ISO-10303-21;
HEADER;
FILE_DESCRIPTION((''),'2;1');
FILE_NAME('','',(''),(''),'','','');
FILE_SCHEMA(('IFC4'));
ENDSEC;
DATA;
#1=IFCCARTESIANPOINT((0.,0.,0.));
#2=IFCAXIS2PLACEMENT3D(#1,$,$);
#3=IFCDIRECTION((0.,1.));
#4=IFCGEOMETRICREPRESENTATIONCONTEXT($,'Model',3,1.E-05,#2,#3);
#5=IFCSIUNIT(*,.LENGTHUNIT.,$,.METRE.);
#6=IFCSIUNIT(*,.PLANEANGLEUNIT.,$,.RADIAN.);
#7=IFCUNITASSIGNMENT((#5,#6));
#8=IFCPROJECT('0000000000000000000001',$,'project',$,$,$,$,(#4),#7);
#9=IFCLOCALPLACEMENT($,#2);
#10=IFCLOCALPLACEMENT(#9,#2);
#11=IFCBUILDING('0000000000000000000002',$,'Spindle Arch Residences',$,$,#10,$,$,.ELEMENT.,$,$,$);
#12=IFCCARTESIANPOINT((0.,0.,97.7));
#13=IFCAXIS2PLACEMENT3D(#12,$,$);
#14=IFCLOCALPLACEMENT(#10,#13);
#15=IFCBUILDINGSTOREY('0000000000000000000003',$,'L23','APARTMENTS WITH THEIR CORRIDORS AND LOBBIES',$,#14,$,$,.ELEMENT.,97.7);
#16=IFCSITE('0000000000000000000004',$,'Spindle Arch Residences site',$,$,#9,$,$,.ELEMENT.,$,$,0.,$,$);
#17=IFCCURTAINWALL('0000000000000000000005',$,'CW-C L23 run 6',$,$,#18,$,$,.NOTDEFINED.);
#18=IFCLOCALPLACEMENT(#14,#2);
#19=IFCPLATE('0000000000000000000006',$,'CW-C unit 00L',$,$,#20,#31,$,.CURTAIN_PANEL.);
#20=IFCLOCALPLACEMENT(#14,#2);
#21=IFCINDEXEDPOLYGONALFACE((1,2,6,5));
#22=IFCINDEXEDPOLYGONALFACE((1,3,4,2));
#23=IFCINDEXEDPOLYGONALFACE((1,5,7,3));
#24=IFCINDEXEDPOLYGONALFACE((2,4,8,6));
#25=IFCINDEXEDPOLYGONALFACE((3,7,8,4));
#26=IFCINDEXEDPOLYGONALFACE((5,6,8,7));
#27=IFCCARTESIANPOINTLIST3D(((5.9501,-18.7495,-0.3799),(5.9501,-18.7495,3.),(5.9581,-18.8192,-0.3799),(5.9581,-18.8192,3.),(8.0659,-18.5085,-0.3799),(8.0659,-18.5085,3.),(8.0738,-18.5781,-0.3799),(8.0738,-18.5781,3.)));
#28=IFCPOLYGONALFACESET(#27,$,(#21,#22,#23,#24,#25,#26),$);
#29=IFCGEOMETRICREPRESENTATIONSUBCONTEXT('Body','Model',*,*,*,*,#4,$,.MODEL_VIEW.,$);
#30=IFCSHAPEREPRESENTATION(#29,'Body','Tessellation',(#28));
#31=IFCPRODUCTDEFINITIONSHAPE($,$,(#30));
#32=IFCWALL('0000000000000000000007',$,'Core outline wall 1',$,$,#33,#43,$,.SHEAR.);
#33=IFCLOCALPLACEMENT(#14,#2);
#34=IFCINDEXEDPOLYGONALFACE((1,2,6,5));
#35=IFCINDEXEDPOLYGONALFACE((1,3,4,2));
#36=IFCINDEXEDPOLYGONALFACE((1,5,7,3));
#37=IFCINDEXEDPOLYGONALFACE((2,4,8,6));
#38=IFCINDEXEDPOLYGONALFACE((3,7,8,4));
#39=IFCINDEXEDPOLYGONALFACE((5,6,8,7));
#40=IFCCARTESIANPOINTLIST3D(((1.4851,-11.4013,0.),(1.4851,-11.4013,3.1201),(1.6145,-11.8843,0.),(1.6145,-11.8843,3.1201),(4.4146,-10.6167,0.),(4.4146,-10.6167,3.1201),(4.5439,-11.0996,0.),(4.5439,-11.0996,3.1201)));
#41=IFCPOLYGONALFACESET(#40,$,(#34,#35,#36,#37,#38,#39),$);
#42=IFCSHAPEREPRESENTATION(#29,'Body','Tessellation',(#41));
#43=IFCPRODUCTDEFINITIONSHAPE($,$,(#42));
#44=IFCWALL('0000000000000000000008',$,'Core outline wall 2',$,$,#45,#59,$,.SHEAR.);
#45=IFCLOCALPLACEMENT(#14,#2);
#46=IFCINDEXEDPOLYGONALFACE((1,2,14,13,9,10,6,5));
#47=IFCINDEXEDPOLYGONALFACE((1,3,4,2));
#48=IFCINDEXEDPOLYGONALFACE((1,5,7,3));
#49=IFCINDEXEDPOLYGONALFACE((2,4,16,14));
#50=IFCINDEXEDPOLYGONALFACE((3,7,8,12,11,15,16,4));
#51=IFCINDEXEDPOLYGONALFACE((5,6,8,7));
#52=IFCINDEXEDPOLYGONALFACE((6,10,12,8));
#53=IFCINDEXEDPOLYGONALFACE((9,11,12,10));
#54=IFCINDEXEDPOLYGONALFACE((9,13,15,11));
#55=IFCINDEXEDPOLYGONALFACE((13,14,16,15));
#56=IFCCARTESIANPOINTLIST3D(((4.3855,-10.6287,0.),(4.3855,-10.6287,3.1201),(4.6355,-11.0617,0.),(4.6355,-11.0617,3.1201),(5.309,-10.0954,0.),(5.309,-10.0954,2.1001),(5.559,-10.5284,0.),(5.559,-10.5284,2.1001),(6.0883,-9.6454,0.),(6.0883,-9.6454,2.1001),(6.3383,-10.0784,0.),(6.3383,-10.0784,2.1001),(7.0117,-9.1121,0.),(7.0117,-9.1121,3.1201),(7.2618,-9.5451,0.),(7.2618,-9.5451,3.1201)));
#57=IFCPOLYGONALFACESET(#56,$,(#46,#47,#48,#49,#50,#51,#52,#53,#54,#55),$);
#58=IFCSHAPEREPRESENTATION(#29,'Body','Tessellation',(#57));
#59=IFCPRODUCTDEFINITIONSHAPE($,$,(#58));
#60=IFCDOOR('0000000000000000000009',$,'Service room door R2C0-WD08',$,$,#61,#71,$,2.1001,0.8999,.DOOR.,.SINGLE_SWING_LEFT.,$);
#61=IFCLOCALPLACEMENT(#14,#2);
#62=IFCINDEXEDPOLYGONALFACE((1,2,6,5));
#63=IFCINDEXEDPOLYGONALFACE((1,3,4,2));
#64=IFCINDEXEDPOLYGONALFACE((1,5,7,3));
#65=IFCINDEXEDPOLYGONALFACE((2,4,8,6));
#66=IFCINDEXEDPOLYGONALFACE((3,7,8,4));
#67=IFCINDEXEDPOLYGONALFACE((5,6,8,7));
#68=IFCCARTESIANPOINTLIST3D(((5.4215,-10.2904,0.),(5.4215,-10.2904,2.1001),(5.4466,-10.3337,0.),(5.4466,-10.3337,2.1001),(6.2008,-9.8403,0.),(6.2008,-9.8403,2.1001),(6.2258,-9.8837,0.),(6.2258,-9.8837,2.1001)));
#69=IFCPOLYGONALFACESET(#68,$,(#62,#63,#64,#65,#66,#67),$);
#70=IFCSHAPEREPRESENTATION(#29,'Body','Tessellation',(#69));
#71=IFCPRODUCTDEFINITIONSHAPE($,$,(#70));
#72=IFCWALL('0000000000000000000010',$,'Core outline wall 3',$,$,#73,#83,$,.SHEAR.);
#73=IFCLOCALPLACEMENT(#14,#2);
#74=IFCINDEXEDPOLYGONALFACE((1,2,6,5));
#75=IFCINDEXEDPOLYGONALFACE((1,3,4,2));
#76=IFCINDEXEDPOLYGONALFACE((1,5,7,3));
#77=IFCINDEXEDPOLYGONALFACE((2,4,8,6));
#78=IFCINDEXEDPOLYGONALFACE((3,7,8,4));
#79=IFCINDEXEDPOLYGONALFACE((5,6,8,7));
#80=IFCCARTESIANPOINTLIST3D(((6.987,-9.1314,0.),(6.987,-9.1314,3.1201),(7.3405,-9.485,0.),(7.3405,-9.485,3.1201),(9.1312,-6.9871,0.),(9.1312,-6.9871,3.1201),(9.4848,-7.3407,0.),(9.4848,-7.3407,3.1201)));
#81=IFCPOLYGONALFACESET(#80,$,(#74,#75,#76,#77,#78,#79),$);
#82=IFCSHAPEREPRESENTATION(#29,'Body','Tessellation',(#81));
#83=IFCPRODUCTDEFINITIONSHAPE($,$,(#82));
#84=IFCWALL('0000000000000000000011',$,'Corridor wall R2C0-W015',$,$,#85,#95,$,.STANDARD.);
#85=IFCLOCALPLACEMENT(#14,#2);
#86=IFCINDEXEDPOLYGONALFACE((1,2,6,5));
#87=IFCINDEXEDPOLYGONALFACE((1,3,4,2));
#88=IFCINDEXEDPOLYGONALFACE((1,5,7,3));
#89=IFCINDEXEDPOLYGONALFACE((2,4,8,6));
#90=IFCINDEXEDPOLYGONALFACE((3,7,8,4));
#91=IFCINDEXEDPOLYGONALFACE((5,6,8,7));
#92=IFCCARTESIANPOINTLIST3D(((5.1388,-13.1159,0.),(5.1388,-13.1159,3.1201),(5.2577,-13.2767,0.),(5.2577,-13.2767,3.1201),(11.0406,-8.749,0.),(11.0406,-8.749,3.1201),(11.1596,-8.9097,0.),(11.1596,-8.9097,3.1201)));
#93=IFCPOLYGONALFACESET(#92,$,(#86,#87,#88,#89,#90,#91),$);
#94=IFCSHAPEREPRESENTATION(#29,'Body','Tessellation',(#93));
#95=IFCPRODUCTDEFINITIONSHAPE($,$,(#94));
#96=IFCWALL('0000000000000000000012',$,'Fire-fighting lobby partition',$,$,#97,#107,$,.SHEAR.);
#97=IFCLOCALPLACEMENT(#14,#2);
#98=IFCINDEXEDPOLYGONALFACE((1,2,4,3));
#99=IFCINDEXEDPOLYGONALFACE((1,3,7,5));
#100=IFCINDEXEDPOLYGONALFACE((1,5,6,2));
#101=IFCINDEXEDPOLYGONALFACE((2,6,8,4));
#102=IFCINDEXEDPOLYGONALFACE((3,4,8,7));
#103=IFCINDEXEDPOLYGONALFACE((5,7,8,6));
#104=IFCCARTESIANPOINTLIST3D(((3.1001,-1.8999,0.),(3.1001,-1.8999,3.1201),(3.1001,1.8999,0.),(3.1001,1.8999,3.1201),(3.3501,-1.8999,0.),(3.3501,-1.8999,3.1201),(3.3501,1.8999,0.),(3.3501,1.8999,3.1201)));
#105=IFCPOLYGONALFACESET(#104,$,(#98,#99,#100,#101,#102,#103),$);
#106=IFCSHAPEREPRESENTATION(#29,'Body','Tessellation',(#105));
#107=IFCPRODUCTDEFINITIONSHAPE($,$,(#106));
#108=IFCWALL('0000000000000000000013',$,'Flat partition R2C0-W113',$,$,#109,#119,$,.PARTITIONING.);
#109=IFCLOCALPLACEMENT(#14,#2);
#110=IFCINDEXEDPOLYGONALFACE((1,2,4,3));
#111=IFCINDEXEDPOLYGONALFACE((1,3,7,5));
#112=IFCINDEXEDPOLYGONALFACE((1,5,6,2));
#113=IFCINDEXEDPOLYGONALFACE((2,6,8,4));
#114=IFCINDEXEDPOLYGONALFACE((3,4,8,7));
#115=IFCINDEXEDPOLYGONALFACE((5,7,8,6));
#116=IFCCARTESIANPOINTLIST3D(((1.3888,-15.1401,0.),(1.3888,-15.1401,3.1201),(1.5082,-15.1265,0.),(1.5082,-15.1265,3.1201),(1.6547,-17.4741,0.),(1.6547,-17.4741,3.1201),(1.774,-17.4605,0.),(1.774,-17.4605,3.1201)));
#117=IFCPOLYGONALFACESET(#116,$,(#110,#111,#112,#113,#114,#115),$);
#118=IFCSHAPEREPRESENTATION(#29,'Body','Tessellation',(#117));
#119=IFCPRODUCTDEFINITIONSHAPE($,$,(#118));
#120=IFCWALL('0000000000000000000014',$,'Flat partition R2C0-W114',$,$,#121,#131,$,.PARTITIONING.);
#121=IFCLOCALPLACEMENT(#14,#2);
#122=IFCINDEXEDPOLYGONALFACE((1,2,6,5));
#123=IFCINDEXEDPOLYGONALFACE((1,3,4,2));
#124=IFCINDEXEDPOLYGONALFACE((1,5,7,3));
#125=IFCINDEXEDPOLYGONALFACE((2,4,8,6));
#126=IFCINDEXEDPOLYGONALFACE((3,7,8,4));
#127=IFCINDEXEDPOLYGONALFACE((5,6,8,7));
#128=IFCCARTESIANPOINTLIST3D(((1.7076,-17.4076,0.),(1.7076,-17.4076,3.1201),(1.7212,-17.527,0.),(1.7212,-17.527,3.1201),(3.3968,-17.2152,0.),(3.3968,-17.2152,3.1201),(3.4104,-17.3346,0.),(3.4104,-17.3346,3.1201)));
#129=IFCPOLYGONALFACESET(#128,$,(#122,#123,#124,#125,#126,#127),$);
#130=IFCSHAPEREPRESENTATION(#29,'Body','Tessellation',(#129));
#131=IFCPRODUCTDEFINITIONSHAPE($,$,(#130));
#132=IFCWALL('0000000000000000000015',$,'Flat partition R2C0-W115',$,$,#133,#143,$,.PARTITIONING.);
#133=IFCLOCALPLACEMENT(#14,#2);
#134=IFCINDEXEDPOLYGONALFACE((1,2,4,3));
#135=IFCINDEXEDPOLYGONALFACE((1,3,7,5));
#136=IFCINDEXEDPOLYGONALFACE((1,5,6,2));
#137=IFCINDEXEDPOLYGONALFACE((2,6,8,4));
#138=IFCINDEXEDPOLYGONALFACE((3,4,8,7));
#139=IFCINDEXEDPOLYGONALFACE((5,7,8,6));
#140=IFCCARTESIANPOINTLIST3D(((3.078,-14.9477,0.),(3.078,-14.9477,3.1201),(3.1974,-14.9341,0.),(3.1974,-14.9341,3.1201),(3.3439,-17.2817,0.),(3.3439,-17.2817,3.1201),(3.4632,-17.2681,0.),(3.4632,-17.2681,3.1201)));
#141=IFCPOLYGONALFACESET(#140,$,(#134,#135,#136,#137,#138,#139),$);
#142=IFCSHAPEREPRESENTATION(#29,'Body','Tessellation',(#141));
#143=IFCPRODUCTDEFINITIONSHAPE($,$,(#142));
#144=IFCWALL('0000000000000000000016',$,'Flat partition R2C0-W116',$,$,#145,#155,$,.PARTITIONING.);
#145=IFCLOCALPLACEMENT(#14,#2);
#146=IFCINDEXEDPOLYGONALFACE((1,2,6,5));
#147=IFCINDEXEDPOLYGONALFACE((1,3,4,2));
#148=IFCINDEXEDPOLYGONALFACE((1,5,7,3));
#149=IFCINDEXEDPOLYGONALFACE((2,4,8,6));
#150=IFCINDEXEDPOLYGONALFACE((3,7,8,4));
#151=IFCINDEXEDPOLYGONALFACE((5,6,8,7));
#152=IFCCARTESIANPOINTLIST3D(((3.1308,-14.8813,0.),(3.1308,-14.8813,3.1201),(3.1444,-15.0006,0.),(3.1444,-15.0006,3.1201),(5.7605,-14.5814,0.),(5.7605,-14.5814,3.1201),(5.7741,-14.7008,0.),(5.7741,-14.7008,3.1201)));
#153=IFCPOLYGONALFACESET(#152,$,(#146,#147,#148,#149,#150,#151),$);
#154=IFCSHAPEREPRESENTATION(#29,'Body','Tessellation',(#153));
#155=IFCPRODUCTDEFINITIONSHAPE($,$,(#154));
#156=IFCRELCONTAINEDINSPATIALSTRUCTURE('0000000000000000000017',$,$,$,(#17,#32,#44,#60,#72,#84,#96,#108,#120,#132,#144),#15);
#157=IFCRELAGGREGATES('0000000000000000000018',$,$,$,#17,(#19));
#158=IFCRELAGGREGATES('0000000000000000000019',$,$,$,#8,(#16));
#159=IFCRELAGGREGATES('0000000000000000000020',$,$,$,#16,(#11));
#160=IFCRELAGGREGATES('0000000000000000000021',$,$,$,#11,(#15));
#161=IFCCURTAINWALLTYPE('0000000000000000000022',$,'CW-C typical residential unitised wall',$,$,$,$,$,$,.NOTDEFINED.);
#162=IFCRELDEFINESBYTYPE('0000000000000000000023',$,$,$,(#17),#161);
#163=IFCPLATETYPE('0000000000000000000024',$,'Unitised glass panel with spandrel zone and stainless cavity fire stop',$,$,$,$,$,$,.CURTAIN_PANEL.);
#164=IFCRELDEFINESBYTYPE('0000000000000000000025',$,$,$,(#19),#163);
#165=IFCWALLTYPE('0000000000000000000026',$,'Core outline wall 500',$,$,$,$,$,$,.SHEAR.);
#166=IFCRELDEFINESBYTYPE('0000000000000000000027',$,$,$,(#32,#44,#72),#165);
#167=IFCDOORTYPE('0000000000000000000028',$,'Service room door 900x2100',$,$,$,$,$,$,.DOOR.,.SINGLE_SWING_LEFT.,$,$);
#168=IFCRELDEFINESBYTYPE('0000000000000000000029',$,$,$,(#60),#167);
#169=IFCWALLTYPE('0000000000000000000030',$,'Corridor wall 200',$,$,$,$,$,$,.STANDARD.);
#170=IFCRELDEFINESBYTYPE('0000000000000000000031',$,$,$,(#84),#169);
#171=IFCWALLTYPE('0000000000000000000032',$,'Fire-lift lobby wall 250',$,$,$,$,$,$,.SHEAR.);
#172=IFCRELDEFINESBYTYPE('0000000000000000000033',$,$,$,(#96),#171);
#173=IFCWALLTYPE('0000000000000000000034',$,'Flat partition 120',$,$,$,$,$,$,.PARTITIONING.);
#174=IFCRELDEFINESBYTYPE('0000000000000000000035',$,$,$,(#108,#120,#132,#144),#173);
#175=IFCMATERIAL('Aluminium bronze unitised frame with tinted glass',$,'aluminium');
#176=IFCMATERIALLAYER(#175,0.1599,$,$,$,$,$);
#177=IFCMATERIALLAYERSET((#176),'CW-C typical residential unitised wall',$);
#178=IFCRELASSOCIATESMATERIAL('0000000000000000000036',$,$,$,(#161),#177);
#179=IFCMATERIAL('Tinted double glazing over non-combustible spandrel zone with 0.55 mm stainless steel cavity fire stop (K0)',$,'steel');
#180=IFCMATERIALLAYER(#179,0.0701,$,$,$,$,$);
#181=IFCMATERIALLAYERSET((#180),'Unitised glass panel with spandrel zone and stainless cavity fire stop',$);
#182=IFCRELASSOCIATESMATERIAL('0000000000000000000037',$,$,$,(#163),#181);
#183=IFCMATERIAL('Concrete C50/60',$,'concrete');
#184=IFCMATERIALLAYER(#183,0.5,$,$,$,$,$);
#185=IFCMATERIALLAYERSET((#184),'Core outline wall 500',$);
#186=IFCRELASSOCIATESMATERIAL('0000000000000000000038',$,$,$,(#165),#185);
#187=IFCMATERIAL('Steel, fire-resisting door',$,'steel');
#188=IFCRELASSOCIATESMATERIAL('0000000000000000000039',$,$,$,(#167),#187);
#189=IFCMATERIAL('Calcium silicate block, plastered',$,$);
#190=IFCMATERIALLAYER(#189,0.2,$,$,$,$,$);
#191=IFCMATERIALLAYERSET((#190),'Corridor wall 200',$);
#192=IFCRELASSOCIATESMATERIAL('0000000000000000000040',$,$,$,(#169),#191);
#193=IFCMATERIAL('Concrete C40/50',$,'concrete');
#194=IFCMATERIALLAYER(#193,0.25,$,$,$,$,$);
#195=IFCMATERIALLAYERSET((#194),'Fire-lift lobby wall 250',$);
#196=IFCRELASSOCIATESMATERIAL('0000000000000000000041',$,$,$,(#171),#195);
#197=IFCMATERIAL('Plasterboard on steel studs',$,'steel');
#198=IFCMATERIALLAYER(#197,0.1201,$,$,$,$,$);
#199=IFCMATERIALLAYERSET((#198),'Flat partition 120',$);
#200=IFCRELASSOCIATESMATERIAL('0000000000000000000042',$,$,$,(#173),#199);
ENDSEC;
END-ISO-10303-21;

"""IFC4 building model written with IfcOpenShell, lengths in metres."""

from ifc_helpers import new_model, si_unit, direction, frame, frame_2d, origin, origin_2d, place, context, subcontext, project, spatial, rectangle, extrude, material, layer, layer_set, type_object, element, fill, aggregate, save


model = new_model("IFC4")

# Units and contexts
model_context = context("Model", 3, precision=1e-05, world=origin(), true_north=direction((0.0, 1.0)))
body_context = subcontext(model_context, "Body", "Model", "MODEL_VIEW")
ifc_project = project(units=[si_unit("LENGTHUNIT", "METRE"), si_unit("PLANEANGLEUNIT", "RADIAN")], contexts=[model_context])

# Site, building, storey
site_placement = place(None, origin())
site = spatial("IfcSite", under=ifc_project, at=site_placement, Name="Spindle Arch Residences site", CompositionType="ELEMENT", RefElevation=0.0)
building_placement = place(site_placement, origin())
building = spatial("IfcBuilding", under=site, at=building_placement, Name="Spindle Arch Residences", CompositionType="ELEMENT")
storey_placement = place(building_placement, frame((0.0, 0.0, 97.7)))
storey = spatial("IfcBuildingStorey", under=building, at=storey_placement, Name="L23", Description="APARTMENTS WITH THEIR CORRIDORS AND LOBBIES", CompositionType="ELEMENT", Elevation=97.7)

# Curtain wall
ifc_material_1 = material(Name="Aluminium bronze unitised frame with tinted glass", Category="aluminium")
ifc_layer_1 = layer(ifc_material_1, 0.1599)
ifc_layer_set_1 = layer_set([ifc_layer_1], Name="CW-C typical residential unitised wall")
curtain_wall_type = type_object("IfcCurtainWallType", Name="CW-C typical residential unitised wall", PredefinedType="NOTDEFINED", material=ifc_layer_set_1)
curtain_wall_placement = place(storey_placement, origin())
curtain_wall = element("IfcCurtainWall", 1, at=curtain_wall_placement, inside=storey, type_object=curtain_wall_type, Name="CW-C L23 run 6", PredefinedType="NOTDEFINED")

# Plate
ifc_material_2 = material(Name="Tinted double glazing over non-combustible spandrel zone with 0.55 mm stainless steel cavity fire stop (K0)", Category="steel")
ifc_layer_2 = layer(ifc_material_2, 0.0701)
ifc_layer_set_2 = layer_set([ifc_layer_2], Name="Unitised glass panel with spandrel zone and stainless cavity fire stop")
plate_type = type_object("IfcPlateType", Name="Unitised glass panel with spandrel zone and stainless cavity fire stop", PredefinedType="CURTAIN_PANEL", material=ifc_layer_set_2)
plate_1_placement = place(storey_placement, frame((7.012, -18.6638, -0.3799), z_axis=(0.0, 0.0, 1.0), x_axis=(0.993572, 0.113203, 0.0)))
plate_1 = element("IfcPlate", 2, at=plate_1_placement, type_object=plate_type, Name="CW-C unit 00L", PredefinedType="CURTAIN_PANEL", context=body_context, shape_type="SweptSolid", body=[
    extrude(rectangle(XDim=2.1294, YDim=0.0701, at=origin_2d()), origin(), (0.0, 0.0, 1.0), 3.3799),
])
aggregate(curtain_wall, [plate_1])

# Wall
ifc_material_3 = material(Name="Concrete C50/60", Category="concrete")
ifc_layer_3 = layer(ifc_material_3, 0.5)
ifc_layer_set_3 = layer_set([ifc_layer_3], Name="Core outline wall 500")
wall_type_1 = type_object("IfcWallType", Name="Core outline wall 500", PredefinedType="SHEAR", material=ifc_layer_set_3)
wall_1_placement = place(storey_placement, frame((1.5498, -11.6428, 0.0), z_axis=(0.0, 0.0, 1.0), x_axis=(0.965948, 0.258735, 0.0)))
element("IfcWall", 3, at=wall_1_placement, inside=storey, type_object=wall_type_1, Name="Core outline wall 1", PredefinedType="SHEAR", context=body_context, shape_type="SweptSolid", body=[
    extrude(rectangle(XDim=3.0327, YDim=0.5, at=frame_2d((1.5164, 0.0))), origin(), (0.0, 0.0, 1.0), 3.1201),
])

# Wall, opening, door
wall_2_placement = place(storey_placement, frame((4.5105, -10.8452, 0.0), z_axis=(0.0, 0.0, 1.0), x_axis=(0.865975, 0.500087, 0.0)))
wall_2 = element("IfcWall", 4, at=wall_2_placement, inside=storey, type_object=wall_type_1, Name="Core outline wall 2", PredefinedType="SHEAR", context=body_context, shape_type="SweptSolid", body=[
    extrude(rectangle(XDim=3.0327, YDim=0.5, at=frame_2d((1.5164, 0.0))), origin(), (0.0, 0.0, 1.0), 3.1201),
])
opening_1_placement = place(wall_2_placement, frame((1.0664, 0.0, 0.0)))
opening_1 = element("IfcOpeningElement", 5, at=opening_1_placement, cuts=wall_2, PredefinedType="OPENING", context=body_context, shape_type="SweptSolid", body=[
    extrude(rectangle(XDim=0.8999, YDim=2.1001, at=frame_2d((0.45, 1.05))), frame((0.0, 0.26, 0.0), z_axis=(0.0, -1.0, 0.0), x_axis=(1.0, 0.0, 0.0)), (0.0, 0.0, 1.0), 0.52),
])
ifc_material_4 = material(Name="Steel, fire-resisting door", Category="steel")
door_type_1 = type_object("IfcDoorType", Name="Service room door 900x2100", OperationType="SINGLE_SWING_LEFT", PredefinedType="DOOR", material=ifc_material_4)
door_1_placement = place(opening_1_placement, origin())
door_1 = element("IfcDoor", 6, at=door_1_placement, inside=storey, type_object=door_type_1, Name="Service room door R2C0-WD08", OperationType="SINGLE_SWING_LEFT", OverallHeight=2.1001, OverallWidth=0.8999, PredefinedType="DOOR", context=body_context, shape_type="SweptSolid", body=[
    extrude(rectangle(XDim=0.8999, YDim=2.1001, at=frame_2d((0.45, 1.05))), frame((0.0, 0.0249, 0.0), z_axis=(0.0, -1.0, 0.0), x_axis=(1.0, 0.0, 0.0)), (0.0, 0.0, 1.0), 0.05),
])
fill(opening_1, door_1)

# Walls
wall_3_placement = place(storey_placement, frame((7.1638, -9.3081, 0.0), z_axis=(0.0, 0.0, 1.0), x_axis=(0.707107, 0.707107, 0.0)))
element("IfcWall", 7, at=wall_3_placement, inside=storey, type_object=wall_type_1, Name="Core outline wall 3", PredefinedType="SHEAR", context=body_context, shape_type="SweptSolid", body=[
    extrude(rectangle(XDim=3.0325, YDim=0.5, at=frame_2d((1.5161, 0.0))), origin(), (0.0, 0.0, 1.0), 3.1201),
])
ifc_material_5 = material(Name="Calcium silicate block, plastered")
ifc_layer_4 = layer(ifc_material_5, 0.2)
ifc_layer_set_4 = layer_set([ifc_layer_4], Name="Corridor wall 200")
wall_type_2 = type_object("IfcWallType", Name="Corridor wall 200", PredefinedType="STANDARD", material=ifc_layer_set_4)
wall_4_placement = place(storey_placement, frame((5.1982, -13.1963, 0.0), z_axis=(0.0, 0.0, 1.0), x_axis=(0.80387, 0.594805, 0.0)))
element("IfcWall", 8, at=wall_4_placement, inside=storey, type_object=wall_type_2, Name="Corridor wall R2C0-W015", PredefinedType="STANDARD", context=body_context, shape_type="SweptSolid", body=[
    extrude(rectangle(XDim=7.3418, YDim=0.2, at=frame_2d((3.6709, 0.0))), origin(), (0.0, 0.0, 1.0), 3.1201),
])
ifc_material_6 = material(Name="Concrete C40/50", Category="concrete")
ifc_layer_5 = layer(ifc_material_6, 0.25)
ifc_layer_set_5 = layer_set([ifc_layer_5], Name="Fire-lift lobby wall 250")
wall_type_3 = type_object("IfcWallType", Name="Fire-lift lobby wall 250", PredefinedType="SHEAR", material=ifc_layer_set_5)
wall_5_placement = place(storey_placement, frame((3.2251, -1.8999, 0.0), z_axis=(0.0, 0.0, 1.0), x_axis=(0.0, 1.0, 0.0)))
element("IfcWall", 9, at=wall_5_placement, inside=storey, type_object=wall_type_3, Name="Fire-fighting lobby partition", PredefinedType="SHEAR", context=body_context, shape_type="SweptSolid", body=[
    extrude(rectangle(XDim=3.7998, YDim=0.25, at=frame_2d((1.8999, 0.0))), origin(), (0.0, 0.0, 1.0), 3.1201),
])

# Walls
ifc_material_7 = material(Name="Plasterboard on steel studs", Category="steel")
ifc_layer_6 = layer(ifc_material_7, 0.1201)
ifc_layer_set_6 = layer_set([ifc_layer_6], Name="Flat partition 120")
wall_type_4 = type_object("IfcWallType", Name="Flat partition 120", PredefinedType="PARTITIONING", material=ifc_layer_set_6)
wall_6_placement = place(storey_placement, frame((1.4485, -15.1333, 0.0), z_axis=(0.0, 0.0, 1.0), x_axis=(0.11318, -0.993574, 0.0)))
element("IfcWall", 10, at=wall_6_placement, inside=storey, type_object=wall_type_4, Name="Flat partition R2C0-W113", PredefinedType="PARTITIONING", context=body_context, shape_type="SweptSolid", body=[
    extrude(rectangle(XDim=2.3491, YDim=0.1201, at=frame_2d((1.1746, 0.0))), origin(), (0.0, 0.0, 1.0), 3.1201),
])
wall_7_placement = place(storey_placement, frame((1.7144, -17.4673, 0.0), z_axis=(0.0, 0.0, 1.0), x_axis=(0.993577, 0.113158, 0.0)))
element("IfcWall", 11, at=wall_7_placement, inside=storey, type_object=wall_type_4, Name="Flat partition R2C0-W114", PredefinedType="PARTITIONING", context=body_context, shape_type="SweptSolid", body=[
    extrude(rectangle(XDim=1.7002, YDim=0.1201, at=frame_2d((0.8501, 0.0))), origin(), (0.0, 0.0, 1.0), 3.1201),
])
wall_8_placement = place(storey_placement, frame((3.4036, -17.2749, 0.0), z_axis=(0.0, 0.0, 1.0), x_axis=(-0.11318, 0.993574, 0.0)))
element("IfcWall", 12, at=wall_8_placement, inside=storey, type_object=wall_type_4, Name="Flat partition R2C0-W115", PredefinedType="PARTITIONING", context=body_context, shape_type="SweptSolid", body=[
    extrude(rectangle(XDim=2.3491, YDim=0.1201, at=frame_2d((1.1746, 0.0))), origin(), (0.0, 0.0, 1.0), 3.1201),
])
wall_9_placement = place(storey_placement, frame((3.1377, -14.9409, 0.0), z_axis=(0.0, 0.0, 1.0), x_axis=(0.993564, 0.113276, 0.0)))
element("IfcWall", 13, at=wall_9_placement, inside=storey, type_object=wall_type_4, Name="Flat partition R2C0-W116", PredefinedType="PARTITIONING", context=body_context, shape_type="SweptSolid", body=[
    extrude(rectangle(XDim=2.6467, YDim=0.1201, at=frame_2d((1.3232, 0.0))), origin(), (0.0, 0.0, 1.0), 3.1201),
])

save(model, "model.ifc")
